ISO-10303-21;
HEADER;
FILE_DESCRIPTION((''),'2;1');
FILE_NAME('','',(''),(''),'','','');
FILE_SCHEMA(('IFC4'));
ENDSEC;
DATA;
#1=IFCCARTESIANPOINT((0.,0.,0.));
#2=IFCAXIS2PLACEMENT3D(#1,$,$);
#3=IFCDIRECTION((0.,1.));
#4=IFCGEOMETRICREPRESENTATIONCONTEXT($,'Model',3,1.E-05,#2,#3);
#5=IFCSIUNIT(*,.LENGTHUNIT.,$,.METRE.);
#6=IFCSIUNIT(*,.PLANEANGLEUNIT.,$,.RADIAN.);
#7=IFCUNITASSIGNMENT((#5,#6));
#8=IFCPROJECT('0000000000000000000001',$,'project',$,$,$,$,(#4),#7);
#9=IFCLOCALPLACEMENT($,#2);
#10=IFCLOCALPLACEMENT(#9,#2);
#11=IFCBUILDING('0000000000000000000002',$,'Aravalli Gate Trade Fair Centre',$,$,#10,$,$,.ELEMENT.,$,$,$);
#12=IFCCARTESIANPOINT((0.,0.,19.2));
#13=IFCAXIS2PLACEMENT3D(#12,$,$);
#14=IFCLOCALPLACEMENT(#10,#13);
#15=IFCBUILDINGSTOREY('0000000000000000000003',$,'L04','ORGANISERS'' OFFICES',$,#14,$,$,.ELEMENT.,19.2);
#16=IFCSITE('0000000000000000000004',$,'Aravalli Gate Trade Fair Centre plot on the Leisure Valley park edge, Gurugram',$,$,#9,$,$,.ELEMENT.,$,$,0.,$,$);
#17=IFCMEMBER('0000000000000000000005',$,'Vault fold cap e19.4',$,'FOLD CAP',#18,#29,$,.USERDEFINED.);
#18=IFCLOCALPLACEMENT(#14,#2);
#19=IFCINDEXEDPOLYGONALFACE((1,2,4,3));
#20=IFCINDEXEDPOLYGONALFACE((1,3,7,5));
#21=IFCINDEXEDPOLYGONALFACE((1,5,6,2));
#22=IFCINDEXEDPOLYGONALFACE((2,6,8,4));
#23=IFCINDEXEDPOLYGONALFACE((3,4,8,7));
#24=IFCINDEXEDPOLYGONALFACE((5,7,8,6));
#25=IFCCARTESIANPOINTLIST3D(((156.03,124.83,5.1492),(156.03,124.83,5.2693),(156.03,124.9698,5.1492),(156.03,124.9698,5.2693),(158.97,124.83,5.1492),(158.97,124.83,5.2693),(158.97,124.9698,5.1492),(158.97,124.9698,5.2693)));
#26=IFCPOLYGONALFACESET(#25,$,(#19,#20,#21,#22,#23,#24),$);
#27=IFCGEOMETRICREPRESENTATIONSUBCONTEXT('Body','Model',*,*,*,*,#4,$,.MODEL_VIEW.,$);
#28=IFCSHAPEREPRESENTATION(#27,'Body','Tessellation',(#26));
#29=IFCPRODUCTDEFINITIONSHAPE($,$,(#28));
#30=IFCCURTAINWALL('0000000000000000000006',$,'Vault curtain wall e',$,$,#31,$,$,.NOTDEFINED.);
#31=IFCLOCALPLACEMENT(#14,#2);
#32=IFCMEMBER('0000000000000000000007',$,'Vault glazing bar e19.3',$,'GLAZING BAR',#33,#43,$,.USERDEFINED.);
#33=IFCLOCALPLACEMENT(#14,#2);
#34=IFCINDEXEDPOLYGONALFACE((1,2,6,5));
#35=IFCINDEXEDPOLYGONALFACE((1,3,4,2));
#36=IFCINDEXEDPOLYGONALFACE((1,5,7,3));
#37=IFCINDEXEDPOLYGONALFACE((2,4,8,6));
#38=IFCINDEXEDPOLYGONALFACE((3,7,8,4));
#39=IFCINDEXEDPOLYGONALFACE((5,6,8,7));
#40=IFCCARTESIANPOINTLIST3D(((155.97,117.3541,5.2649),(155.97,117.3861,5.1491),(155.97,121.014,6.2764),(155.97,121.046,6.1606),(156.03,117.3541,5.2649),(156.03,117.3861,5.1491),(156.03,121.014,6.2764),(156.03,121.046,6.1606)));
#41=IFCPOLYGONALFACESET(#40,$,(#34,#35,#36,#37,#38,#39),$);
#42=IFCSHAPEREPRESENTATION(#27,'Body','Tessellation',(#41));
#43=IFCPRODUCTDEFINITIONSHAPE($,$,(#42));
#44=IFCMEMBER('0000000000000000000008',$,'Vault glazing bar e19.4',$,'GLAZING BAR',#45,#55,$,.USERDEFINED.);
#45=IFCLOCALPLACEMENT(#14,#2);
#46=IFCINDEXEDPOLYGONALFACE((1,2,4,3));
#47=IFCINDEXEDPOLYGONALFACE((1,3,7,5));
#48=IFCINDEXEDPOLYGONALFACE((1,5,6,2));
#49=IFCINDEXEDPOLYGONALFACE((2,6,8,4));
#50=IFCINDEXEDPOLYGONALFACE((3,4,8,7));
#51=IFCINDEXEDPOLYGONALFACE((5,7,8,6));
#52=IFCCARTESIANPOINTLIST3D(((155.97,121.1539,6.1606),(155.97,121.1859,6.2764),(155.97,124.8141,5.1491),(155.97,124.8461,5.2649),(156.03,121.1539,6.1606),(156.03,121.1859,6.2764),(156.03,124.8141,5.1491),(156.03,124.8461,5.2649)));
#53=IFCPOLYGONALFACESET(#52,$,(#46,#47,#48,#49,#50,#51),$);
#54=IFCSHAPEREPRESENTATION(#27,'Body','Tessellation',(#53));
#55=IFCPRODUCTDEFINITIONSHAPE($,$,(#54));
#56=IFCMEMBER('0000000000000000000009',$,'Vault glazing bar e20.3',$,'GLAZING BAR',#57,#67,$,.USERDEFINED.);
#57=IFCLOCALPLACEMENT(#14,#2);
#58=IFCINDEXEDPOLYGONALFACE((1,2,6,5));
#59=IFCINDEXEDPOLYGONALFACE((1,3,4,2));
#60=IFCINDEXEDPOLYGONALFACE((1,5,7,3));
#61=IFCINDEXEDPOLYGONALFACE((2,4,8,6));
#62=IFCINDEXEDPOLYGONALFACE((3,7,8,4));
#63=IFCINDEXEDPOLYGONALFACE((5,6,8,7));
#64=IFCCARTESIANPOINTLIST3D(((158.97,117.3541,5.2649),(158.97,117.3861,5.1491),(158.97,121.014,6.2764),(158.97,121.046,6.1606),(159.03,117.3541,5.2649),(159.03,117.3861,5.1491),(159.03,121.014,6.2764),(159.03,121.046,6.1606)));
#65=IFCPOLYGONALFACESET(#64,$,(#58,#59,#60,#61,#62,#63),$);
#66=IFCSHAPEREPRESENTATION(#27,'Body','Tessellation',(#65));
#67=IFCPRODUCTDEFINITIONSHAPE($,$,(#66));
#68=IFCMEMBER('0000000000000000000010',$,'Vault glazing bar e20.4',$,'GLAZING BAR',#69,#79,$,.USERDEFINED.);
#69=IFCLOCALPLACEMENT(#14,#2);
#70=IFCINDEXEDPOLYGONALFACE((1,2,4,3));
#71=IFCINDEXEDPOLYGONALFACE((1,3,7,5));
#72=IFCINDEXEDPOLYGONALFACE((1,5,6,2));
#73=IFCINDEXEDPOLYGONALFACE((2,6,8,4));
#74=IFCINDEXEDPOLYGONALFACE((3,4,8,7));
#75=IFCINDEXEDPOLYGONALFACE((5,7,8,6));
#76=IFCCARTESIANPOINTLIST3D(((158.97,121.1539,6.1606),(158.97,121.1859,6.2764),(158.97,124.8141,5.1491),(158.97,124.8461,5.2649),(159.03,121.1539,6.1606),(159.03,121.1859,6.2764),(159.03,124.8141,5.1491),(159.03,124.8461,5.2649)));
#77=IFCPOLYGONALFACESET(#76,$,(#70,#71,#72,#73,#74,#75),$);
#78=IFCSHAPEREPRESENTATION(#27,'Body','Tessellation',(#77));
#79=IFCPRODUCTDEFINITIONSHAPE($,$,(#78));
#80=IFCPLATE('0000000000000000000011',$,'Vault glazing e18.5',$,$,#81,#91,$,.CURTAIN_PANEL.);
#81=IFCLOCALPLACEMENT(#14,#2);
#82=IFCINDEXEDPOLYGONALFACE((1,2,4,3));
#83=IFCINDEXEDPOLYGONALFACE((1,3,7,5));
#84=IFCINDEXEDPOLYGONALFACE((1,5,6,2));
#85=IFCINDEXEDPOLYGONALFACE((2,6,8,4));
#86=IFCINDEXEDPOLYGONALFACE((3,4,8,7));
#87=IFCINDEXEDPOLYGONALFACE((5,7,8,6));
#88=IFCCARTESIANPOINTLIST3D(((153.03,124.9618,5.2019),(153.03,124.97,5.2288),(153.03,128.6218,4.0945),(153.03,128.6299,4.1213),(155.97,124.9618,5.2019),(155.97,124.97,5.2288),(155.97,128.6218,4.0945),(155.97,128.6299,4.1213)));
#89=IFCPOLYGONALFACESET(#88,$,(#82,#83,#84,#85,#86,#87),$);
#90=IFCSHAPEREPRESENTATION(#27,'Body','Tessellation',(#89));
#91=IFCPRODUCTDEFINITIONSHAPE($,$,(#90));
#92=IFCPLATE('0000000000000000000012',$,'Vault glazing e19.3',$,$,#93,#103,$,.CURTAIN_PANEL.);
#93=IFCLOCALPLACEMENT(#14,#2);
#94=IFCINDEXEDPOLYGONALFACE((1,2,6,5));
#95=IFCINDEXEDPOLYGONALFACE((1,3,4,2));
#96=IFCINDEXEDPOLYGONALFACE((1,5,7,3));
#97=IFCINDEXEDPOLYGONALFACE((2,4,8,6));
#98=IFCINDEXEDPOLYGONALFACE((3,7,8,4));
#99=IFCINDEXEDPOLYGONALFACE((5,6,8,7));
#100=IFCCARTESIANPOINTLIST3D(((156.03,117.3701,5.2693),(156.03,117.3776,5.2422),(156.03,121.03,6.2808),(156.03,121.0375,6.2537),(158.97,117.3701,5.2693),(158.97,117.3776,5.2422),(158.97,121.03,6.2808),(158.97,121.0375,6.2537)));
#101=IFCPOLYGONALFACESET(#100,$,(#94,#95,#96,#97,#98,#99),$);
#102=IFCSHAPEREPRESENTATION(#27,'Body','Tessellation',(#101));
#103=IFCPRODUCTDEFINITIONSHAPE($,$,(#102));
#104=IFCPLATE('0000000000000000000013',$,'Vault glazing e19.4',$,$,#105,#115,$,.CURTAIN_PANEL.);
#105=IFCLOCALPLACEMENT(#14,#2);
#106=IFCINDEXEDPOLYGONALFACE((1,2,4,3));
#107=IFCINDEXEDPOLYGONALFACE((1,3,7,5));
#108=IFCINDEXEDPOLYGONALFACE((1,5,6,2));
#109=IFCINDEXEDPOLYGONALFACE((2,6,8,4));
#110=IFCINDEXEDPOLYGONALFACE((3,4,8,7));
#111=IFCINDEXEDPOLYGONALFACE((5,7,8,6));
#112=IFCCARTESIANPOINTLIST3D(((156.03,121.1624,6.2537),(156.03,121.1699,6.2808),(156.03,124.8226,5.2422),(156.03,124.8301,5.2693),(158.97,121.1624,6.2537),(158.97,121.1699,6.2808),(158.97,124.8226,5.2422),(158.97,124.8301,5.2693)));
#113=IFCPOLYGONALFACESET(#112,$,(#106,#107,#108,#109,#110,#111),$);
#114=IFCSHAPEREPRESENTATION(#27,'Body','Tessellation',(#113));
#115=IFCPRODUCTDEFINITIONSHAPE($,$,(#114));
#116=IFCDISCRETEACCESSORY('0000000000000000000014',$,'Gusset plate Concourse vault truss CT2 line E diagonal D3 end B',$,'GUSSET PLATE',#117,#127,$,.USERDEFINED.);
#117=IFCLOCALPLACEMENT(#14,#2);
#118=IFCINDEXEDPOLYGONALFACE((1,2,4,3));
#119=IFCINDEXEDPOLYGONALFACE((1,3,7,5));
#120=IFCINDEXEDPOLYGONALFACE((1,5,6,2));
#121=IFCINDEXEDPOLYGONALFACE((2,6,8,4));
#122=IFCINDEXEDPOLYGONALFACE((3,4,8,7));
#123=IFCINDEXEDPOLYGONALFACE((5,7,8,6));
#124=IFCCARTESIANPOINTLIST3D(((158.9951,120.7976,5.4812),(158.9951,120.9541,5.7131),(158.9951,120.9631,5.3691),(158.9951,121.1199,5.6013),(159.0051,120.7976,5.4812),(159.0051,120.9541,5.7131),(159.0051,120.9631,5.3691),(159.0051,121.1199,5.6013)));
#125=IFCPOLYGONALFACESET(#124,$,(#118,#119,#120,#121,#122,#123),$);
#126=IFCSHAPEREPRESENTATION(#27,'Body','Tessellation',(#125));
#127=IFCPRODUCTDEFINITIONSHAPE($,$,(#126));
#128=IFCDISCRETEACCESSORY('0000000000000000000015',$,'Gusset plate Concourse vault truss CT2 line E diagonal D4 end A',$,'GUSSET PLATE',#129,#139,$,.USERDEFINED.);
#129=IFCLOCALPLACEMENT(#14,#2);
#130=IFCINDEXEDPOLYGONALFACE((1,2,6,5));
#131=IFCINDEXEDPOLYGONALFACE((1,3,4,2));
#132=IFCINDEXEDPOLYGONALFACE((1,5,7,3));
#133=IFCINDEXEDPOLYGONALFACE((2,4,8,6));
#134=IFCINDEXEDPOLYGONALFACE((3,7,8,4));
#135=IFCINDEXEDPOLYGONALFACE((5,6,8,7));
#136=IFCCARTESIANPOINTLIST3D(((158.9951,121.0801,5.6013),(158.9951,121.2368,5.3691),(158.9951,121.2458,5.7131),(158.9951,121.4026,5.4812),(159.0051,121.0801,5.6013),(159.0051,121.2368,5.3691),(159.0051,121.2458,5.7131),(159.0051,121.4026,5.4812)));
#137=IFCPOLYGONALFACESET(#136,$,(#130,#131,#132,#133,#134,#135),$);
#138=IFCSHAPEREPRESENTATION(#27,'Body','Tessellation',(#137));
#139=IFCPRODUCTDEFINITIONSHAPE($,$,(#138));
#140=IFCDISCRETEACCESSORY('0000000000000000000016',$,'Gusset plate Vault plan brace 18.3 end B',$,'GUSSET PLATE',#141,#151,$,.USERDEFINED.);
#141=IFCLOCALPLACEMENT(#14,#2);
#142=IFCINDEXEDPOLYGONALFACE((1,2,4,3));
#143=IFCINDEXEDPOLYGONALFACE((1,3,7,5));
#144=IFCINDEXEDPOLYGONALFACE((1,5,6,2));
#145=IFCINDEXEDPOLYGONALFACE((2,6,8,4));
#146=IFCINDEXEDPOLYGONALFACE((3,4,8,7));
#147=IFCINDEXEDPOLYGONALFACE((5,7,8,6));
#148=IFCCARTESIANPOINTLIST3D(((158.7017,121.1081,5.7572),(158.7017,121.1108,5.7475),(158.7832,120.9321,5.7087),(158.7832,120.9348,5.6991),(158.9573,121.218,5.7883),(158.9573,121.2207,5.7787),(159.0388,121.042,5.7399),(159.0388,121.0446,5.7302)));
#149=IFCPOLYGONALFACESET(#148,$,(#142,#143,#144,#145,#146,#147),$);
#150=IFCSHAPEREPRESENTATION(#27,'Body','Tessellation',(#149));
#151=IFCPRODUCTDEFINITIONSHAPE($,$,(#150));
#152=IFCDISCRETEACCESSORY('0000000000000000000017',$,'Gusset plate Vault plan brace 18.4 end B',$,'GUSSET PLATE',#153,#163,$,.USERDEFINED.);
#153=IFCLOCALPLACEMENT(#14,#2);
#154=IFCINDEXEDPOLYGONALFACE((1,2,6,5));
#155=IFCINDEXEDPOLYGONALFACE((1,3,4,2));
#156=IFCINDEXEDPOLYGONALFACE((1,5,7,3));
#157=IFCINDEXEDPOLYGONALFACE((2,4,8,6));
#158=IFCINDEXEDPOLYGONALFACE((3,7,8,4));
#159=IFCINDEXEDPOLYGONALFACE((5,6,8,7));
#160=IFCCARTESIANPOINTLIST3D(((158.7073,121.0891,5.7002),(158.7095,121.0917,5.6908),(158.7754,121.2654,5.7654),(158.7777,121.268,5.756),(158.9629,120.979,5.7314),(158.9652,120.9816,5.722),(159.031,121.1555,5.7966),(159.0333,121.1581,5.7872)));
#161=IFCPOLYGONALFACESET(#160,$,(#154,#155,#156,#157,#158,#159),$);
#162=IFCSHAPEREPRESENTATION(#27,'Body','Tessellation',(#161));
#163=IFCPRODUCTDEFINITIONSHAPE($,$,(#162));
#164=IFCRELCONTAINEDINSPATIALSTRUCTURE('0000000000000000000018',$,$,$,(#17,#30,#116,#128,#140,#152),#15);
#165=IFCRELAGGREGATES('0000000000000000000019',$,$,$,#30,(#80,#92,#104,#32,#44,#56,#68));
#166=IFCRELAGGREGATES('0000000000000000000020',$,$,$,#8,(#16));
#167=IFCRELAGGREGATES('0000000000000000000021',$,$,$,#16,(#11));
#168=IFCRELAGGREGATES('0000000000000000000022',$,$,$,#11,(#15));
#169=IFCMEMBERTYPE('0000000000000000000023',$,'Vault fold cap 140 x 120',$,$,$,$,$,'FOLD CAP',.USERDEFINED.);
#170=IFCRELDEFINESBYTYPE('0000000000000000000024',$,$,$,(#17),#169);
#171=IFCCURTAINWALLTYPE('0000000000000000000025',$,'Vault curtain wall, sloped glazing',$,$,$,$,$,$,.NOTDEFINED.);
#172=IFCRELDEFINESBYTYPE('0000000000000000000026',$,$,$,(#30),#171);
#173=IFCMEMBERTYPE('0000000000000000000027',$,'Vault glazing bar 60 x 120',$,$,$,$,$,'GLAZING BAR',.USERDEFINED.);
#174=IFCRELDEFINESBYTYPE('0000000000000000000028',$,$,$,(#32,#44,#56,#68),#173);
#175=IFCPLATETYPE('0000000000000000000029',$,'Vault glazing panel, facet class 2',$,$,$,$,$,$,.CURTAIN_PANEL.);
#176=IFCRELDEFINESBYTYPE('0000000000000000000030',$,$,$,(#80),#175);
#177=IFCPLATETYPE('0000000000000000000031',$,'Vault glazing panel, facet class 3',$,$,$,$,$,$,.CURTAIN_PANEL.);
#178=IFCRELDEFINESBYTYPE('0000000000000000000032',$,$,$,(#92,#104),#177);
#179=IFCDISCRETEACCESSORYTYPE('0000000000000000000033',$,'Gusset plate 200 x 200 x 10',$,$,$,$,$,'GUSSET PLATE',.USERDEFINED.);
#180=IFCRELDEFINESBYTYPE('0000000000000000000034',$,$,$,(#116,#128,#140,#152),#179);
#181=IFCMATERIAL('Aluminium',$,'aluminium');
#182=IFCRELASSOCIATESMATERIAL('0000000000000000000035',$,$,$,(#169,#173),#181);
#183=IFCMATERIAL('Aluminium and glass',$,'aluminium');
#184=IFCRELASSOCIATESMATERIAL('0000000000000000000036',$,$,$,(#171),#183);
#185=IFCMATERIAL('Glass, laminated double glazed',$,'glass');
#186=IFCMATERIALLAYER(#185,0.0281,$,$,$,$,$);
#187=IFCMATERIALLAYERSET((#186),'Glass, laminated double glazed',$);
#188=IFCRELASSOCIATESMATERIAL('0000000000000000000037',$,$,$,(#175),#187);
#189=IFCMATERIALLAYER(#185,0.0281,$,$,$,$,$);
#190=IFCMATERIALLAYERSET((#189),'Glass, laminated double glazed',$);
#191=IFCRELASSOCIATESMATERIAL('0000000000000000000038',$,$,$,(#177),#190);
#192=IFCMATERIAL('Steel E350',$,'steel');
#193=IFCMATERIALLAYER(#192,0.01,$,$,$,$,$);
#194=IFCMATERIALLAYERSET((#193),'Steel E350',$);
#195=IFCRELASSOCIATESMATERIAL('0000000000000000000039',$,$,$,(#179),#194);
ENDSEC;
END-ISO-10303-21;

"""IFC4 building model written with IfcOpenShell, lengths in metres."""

from ifc_helpers import new_model, si_unit, direction, frame, origin, origin_2d, place, context, subcontext, project, spatial, polyline, rectangle, outline, extrude, material, layer, layer_set, material_profile, profile_set, type_object, element, aggregate, save


model = new_model("IFC4")

# Units and contexts
model_context = context("Model", 3, precision=1e-05, world=origin(), true_north=direction((0.0, 1.0)))
body_context = subcontext(model_context, "Body", "Model", "MODEL_VIEW")
ifc_project = project(units=[si_unit("LENGTHUNIT", "METRE"), si_unit("PLANEANGLEUNIT", "RADIAN")], contexts=[model_context])

# Site, building, storey
site_placement = place(None, origin())
site = spatial("IfcSite", under=ifc_project, at=site_placement, Name="Aravalli Gate Trade Fair Centre plot on the Leisure Valley park edge, Gurugram", CompositionType="ELEMENT", RefElevation=0.0)
building_placement = place(site_placement, origin())
building = spatial("IfcBuilding", under=site, at=building_placement, Name="Aravalli Gate Trade Fair Centre", CompositionType="ELEMENT")
storey_placement = place(building_placement, frame((0.0, 0.0, 19.2)))
storey = spatial("IfcBuildingStorey", under=building, at=storey_placement, Name="L04", Description="ORGANISERS' OFFICES", CompositionType="ELEMENT", Elevation=19.2)

# Member
ifc_material_1 = material(Name="Steel E350", Category="steel")
ifc_material_2 = material(Name="Aluminium", Category="aluminium")
ifc_material_profile_1 = material_profile(ifc_material_2, rectangle(XDim=0.1399, YDim=0.1201, at=origin_2d()), Name="Vault fold cap 140 x 120")
ifc_profile_set_1 = profile_set([ifc_material_profile_1], Name="Aluminium")
member_type_1 = type_object("IfcMemberType", Name="Vault fold cap 140 x 120", ElementType="FOLD CAP", PredefinedType="USERDEFINED", material=ifc_profile_set_1)
for number, where, z_axis, x_axis, name in (
    (1, (156.03, 124.8999, 5.2092), (1.0, 0.0, 0.0), (0.0, 1.0, 0.0), "Vault fold cap e19.4"),
):
    element("IfcMember", number, at=place(storey_placement, frame(where, z_axis=z_axis, x_axis=x_axis)), inside=storey, type_object=member_type_1, Name=name, ObjectType="FOLD CAP", PredefinedType="USERDEFINED", context=body_context, shape_type="SweptSolid", body=[
        extrude(rectangle(XDim=0.1399, YDim=0.1201, at=origin_2d()), origin(), (0.0, 0.0, 1.0), 2.9399),
    ])

# Curtain wall, members, plates
ifc_material_3 = material(Name="Aluminium and glass", Category="aluminium")
curtain_wall_type = type_object("IfcCurtainWallType", Name="Vault curtain wall, sloped glazing", PredefinedType="NOTDEFINED", material=ifc_material_3)
curtain_wall_placement = place(storey_placement, origin())
curtain_wall = element("IfcCurtainWall", 2, at=curtain_wall_placement, inside=storey, type_object=curtain_wall_type, Name="Vault curtain wall e", PredefinedType="NOTDEFINED")
ifc_material_profile_2 = material_profile(ifc_material_2, rectangle(XDim=0.0601, YDim=0.1201, at=origin_2d()), Name="Vault glazing bar 60 x 120")
ifc_profile_set_2 = profile_set([ifc_material_profile_2], Name="Aluminium")
member_type_2 = type_object("IfcMemberType", Name="Vault glazing bar 60 x 120", ElementType="GLAZING BAR", PredefinedType="USERDEFINED", material=ifc_profile_set_2)
member_1_placement = place(storey_placement, frame((156.0, 117.3701, 5.207), z_axis=(0.0, 0.963868, 0.26638), x_axis=(-1.0, 0.0, 0.0)))
member_1 = element("IfcMember", 3, at=member_1_placement, type_object=member_type_2, Name="Vault glazing bar e19.3", ObjectType="GLAZING BAR", PredefinedType="USERDEFINED", context=body_context, shape_type="SweptSolid", body=[
    extrude(rectangle(XDim=0.0601, YDim=0.1201, at=origin_2d()), origin(), (0.0, 0.0, 1.0), 3.7971),
])
member_2_placement = place(storey_placement, frame((156.0, 121.1699, 6.2185), z_axis=(0.0, 0.963873, -0.266364), x_axis=(-1.0, 0.0, 0.0)))
member_2 = element("IfcMember", 4, at=member_2_placement, type_object=member_type_2, Name="Vault glazing bar e19.4", ObjectType="GLAZING BAR", PredefinedType="USERDEFINED", context=body_context, shape_type="SweptSolid", body=[
    extrude(rectangle(XDim=0.0601, YDim=0.1201, at=origin_2d()), origin(), (0.0, 0.0, 1.0), 3.7974),
])
member_3_placement = place(storey_placement, frame((159.0, 117.3701, 5.207), z_axis=(0.0, 0.963868, 0.26638), x_axis=(-1.0, 0.0, 0.0)))
member_3 = element("IfcMember", 5, at=member_3_placement, type_object=member_type_2, Name="Vault glazing bar e20.3", ObjectType="GLAZING BAR", PredefinedType="USERDEFINED", context=body_context, shape_type="SweptSolid", body=[
    extrude(rectangle(XDim=0.0601, YDim=0.1201, at=origin_2d()), origin(), (0.0, 0.0, 1.0), 3.7971),
])
member_4_placement = place(storey_placement, frame((159.0, 121.1699, 6.2185), z_axis=(0.0, 0.963873, -0.266364), x_axis=(-1.0, 0.0, 0.0)))
member_4 = element("IfcMember", 6, at=member_4_placement, type_object=member_type_2, Name="Vault glazing bar e20.4", ObjectType="GLAZING BAR", PredefinedType="USERDEFINED", context=body_context, shape_type="SweptSolid", body=[
    extrude(rectangle(XDim=0.0601, YDim=0.1201, at=origin_2d()), origin(), (0.0, 0.0, 1.0), 3.7974),
])
ifc_material_4 = material(Name="Glass, laminated double glazed", Category="glass")
ifc_layer_1 = layer(ifc_material_4, 0.0281)
ifc_layer_set_1 = layer_set([ifc_layer_1], Name="Glass, laminated double glazed")
plate_type_1 = type_object("IfcPlateType", Name="Vault glazing panel, facet class 2", PredefinedType="CURTAIN_PANEL", material=ifc_layer_set_1)
plate_1_placement = place(storey_placement, frame((153.03, 124.97, 5.2288), z_axis=(0.0, 0.289614, 0.957144), x_axis=(1.0, 0.0, 0.0)))
plate_1 = element("IfcPlate", 7, at=plate_1_placement, type_object=plate_type_1, Name="Vault glazing e18.5", PredefinedType="CURTAIN_PANEL", context=body_context, shape_type="SweptSolid", body=[
    extrude(outline(polyline([(0.0, 0.0), (2.9399, 0.0), (2.9399, 3.8238), (0.0, 3.8238), (0.0, 0.0)])), origin(), (0.0, 0.0, -1.0), 0.0281),
])
ifc_layer_2 = layer(ifc_material_4, 0.0281)
ifc_layer_set_2 = layer_set([ifc_layer_2], Name="Glass, laminated double glazed")
plate_type_2 = type_object("IfcPlateType", Name="Vault glazing panel, facet class 3", PredefinedType="CURTAIN_PANEL", material=ifc_layer_set_2)
plate_2_placement = place(storey_placement, frame((156.03, 117.3701, 5.2693), z_axis=(0.0, -0.26638, 0.963868), x_axis=(1.0, 0.0, 0.0)))
plate_2 = element("IfcPlate", 8, at=plate_2_placement, type_object=plate_type_2, Name="Vault glazing e19.3", PredefinedType="CURTAIN_PANEL", context=body_context, shape_type="SweptSolid", body=[
    extrude(outline(polyline([(0.0, 0.0), (2.9399, 0.0), (2.9399, 3.7971), (0.0, 3.7971), (0.0, 0.0)])), origin(), (0.0, 0.0, -1.0), 0.0281),
])
plate_3_placement = place(storey_placement, frame((156.03, 121.1699, 6.2808), z_axis=(0.0, 0.266364, 0.963873), x_axis=(1.0, 0.0, 0.0)))
plate_3 = element("IfcPlate", 9, at=plate_3_placement, type_object=plate_type_2, Name="Vault glazing e19.4", PredefinedType="CURTAIN_PANEL", context=body_context, shape_type="SweptSolid", body=[
    extrude(outline(polyline([(0.0, 0.0), (2.9399, 0.0), (2.9399, 3.7973), (0.0, 3.7973), (0.0, 0.0)])), origin(), (0.0, 0.0, -1.0), 0.0281),
])
aggregate(curtain_wall, [plate_1, plate_2, plate_3, member_1, member_2, member_3, member_4])

# Discrete accessories
ifc_layer_3 = layer(ifc_material_1, 0.01)
ifc_layer_set_3 = layer_set([ifc_layer_3], Name="Steel E350")
discrete_accessory_type = type_object("IfcDiscreteAccessoryType", Name="Gusset plate 200 x 200 x 10", ElementType="GUSSET PLATE", PredefinedType="USERDEFINED", material=ifc_layer_set_3)
discrete_accessory_1_placement = place(storey_placement, frame((158.9951, 120.7976, 5.4812), z_axis=(-1.0, 0.0, 0.0), x_axis=(0.0, 0.559323, 0.82895)))
element("IfcDiscreteAccessory", 10, at=discrete_accessory_1_placement, inside=storey, type_object=discrete_accessory_type, Name="Gusset plate Concourse vault truss CT2 line E diagonal D3 end B", ObjectType="GUSSET PLATE", PredefinedType="USERDEFINED", context=body_context, shape_type="SweptSolid", body=[
    extrude(outline(polyline([(0.0, 0.0), (0.2798, 0.0), (0.2798, 0.2), (-0.0003, 0.1999), (0.0, 0.0)])), origin(), (0.0, 0.0, -1.0), 0.01),
])
discrete_accessory_2_placement = place(storey_placement, frame((158.9951, 121.2368, 5.3691), z_axis=(-1.0, 0.0, 0.0), x_axis=(0.0, -0.559518, 0.828818)))
element("IfcDiscreteAccessory", 11, at=discrete_accessory_2_placement, inside=storey, type_object=discrete_accessory_type, Name="Gusset plate Concourse vault truss CT2 line E diagonal D4 end A", ObjectType="GUSSET PLATE", PredefinedType="USERDEFINED", context=body_context, shape_type="SweptSolid", body=[
    extrude(outline(polyline([(0.0, 0.0), (0.2801, 0.0), (0.2801, 0.2), (0.0001, 0.2001), (0.0, 0.0)])), origin(), (0.0, 0.0, -1.0), 0.01),
])
discrete_accessory_3_placement = place(storey_placement, frame((158.7832, 120.9321, 5.7087), z_axis=(-0.002771, -0.266628, 0.963795), x_axis=(0.913083, 0.392331, 0.111161)))
element("IfcDiscreteAccessory", 12, at=discrete_accessory_3_placement, inside=storey, type_object=discrete_accessory_type, Name="Gusset plate Vault plan brace 18.3 end B", ObjectType="GUSSET PLATE", PredefinedType="USERDEFINED", context=body_context, shape_type="SweptSolid", body=[
    extrude(outline(polyline([(0.0, 0.0), (0.2799, 0.0), (0.28, 0.2), (0.0, 0.1999), (0.0, 0.0)])), origin(), (0.0, 0.0, -1.0), 0.01),
])
discrete_accessory_4_placement = place(storey_placement, frame((158.7073, 121.0891, 5.7002), z_axis=(-0.226433, -0.259503, 0.938822), x_axis=(0.912708, -0.393113, 0.111473)))
element("IfcDiscreteAccessory", 13, at=discrete_accessory_4_placement, inside=storey, type_object=discrete_accessory_type, Name="Gusset plate Vault plan brace 18.4 end B", ObjectType="GUSSET PLATE", PredefinedType="USERDEFINED", context=body_context, shape_type="SweptSolid", body=[
    extrude(outline(polyline([(0.0, 0.0), (0.2801, 0.0), (0.2801, 0.2001), (0.0001, 0.1999), (0.0, 0.0)])), origin(), (0.0, 0.0, -1.0), 0.01),
])

save(model, "model.ifc")
